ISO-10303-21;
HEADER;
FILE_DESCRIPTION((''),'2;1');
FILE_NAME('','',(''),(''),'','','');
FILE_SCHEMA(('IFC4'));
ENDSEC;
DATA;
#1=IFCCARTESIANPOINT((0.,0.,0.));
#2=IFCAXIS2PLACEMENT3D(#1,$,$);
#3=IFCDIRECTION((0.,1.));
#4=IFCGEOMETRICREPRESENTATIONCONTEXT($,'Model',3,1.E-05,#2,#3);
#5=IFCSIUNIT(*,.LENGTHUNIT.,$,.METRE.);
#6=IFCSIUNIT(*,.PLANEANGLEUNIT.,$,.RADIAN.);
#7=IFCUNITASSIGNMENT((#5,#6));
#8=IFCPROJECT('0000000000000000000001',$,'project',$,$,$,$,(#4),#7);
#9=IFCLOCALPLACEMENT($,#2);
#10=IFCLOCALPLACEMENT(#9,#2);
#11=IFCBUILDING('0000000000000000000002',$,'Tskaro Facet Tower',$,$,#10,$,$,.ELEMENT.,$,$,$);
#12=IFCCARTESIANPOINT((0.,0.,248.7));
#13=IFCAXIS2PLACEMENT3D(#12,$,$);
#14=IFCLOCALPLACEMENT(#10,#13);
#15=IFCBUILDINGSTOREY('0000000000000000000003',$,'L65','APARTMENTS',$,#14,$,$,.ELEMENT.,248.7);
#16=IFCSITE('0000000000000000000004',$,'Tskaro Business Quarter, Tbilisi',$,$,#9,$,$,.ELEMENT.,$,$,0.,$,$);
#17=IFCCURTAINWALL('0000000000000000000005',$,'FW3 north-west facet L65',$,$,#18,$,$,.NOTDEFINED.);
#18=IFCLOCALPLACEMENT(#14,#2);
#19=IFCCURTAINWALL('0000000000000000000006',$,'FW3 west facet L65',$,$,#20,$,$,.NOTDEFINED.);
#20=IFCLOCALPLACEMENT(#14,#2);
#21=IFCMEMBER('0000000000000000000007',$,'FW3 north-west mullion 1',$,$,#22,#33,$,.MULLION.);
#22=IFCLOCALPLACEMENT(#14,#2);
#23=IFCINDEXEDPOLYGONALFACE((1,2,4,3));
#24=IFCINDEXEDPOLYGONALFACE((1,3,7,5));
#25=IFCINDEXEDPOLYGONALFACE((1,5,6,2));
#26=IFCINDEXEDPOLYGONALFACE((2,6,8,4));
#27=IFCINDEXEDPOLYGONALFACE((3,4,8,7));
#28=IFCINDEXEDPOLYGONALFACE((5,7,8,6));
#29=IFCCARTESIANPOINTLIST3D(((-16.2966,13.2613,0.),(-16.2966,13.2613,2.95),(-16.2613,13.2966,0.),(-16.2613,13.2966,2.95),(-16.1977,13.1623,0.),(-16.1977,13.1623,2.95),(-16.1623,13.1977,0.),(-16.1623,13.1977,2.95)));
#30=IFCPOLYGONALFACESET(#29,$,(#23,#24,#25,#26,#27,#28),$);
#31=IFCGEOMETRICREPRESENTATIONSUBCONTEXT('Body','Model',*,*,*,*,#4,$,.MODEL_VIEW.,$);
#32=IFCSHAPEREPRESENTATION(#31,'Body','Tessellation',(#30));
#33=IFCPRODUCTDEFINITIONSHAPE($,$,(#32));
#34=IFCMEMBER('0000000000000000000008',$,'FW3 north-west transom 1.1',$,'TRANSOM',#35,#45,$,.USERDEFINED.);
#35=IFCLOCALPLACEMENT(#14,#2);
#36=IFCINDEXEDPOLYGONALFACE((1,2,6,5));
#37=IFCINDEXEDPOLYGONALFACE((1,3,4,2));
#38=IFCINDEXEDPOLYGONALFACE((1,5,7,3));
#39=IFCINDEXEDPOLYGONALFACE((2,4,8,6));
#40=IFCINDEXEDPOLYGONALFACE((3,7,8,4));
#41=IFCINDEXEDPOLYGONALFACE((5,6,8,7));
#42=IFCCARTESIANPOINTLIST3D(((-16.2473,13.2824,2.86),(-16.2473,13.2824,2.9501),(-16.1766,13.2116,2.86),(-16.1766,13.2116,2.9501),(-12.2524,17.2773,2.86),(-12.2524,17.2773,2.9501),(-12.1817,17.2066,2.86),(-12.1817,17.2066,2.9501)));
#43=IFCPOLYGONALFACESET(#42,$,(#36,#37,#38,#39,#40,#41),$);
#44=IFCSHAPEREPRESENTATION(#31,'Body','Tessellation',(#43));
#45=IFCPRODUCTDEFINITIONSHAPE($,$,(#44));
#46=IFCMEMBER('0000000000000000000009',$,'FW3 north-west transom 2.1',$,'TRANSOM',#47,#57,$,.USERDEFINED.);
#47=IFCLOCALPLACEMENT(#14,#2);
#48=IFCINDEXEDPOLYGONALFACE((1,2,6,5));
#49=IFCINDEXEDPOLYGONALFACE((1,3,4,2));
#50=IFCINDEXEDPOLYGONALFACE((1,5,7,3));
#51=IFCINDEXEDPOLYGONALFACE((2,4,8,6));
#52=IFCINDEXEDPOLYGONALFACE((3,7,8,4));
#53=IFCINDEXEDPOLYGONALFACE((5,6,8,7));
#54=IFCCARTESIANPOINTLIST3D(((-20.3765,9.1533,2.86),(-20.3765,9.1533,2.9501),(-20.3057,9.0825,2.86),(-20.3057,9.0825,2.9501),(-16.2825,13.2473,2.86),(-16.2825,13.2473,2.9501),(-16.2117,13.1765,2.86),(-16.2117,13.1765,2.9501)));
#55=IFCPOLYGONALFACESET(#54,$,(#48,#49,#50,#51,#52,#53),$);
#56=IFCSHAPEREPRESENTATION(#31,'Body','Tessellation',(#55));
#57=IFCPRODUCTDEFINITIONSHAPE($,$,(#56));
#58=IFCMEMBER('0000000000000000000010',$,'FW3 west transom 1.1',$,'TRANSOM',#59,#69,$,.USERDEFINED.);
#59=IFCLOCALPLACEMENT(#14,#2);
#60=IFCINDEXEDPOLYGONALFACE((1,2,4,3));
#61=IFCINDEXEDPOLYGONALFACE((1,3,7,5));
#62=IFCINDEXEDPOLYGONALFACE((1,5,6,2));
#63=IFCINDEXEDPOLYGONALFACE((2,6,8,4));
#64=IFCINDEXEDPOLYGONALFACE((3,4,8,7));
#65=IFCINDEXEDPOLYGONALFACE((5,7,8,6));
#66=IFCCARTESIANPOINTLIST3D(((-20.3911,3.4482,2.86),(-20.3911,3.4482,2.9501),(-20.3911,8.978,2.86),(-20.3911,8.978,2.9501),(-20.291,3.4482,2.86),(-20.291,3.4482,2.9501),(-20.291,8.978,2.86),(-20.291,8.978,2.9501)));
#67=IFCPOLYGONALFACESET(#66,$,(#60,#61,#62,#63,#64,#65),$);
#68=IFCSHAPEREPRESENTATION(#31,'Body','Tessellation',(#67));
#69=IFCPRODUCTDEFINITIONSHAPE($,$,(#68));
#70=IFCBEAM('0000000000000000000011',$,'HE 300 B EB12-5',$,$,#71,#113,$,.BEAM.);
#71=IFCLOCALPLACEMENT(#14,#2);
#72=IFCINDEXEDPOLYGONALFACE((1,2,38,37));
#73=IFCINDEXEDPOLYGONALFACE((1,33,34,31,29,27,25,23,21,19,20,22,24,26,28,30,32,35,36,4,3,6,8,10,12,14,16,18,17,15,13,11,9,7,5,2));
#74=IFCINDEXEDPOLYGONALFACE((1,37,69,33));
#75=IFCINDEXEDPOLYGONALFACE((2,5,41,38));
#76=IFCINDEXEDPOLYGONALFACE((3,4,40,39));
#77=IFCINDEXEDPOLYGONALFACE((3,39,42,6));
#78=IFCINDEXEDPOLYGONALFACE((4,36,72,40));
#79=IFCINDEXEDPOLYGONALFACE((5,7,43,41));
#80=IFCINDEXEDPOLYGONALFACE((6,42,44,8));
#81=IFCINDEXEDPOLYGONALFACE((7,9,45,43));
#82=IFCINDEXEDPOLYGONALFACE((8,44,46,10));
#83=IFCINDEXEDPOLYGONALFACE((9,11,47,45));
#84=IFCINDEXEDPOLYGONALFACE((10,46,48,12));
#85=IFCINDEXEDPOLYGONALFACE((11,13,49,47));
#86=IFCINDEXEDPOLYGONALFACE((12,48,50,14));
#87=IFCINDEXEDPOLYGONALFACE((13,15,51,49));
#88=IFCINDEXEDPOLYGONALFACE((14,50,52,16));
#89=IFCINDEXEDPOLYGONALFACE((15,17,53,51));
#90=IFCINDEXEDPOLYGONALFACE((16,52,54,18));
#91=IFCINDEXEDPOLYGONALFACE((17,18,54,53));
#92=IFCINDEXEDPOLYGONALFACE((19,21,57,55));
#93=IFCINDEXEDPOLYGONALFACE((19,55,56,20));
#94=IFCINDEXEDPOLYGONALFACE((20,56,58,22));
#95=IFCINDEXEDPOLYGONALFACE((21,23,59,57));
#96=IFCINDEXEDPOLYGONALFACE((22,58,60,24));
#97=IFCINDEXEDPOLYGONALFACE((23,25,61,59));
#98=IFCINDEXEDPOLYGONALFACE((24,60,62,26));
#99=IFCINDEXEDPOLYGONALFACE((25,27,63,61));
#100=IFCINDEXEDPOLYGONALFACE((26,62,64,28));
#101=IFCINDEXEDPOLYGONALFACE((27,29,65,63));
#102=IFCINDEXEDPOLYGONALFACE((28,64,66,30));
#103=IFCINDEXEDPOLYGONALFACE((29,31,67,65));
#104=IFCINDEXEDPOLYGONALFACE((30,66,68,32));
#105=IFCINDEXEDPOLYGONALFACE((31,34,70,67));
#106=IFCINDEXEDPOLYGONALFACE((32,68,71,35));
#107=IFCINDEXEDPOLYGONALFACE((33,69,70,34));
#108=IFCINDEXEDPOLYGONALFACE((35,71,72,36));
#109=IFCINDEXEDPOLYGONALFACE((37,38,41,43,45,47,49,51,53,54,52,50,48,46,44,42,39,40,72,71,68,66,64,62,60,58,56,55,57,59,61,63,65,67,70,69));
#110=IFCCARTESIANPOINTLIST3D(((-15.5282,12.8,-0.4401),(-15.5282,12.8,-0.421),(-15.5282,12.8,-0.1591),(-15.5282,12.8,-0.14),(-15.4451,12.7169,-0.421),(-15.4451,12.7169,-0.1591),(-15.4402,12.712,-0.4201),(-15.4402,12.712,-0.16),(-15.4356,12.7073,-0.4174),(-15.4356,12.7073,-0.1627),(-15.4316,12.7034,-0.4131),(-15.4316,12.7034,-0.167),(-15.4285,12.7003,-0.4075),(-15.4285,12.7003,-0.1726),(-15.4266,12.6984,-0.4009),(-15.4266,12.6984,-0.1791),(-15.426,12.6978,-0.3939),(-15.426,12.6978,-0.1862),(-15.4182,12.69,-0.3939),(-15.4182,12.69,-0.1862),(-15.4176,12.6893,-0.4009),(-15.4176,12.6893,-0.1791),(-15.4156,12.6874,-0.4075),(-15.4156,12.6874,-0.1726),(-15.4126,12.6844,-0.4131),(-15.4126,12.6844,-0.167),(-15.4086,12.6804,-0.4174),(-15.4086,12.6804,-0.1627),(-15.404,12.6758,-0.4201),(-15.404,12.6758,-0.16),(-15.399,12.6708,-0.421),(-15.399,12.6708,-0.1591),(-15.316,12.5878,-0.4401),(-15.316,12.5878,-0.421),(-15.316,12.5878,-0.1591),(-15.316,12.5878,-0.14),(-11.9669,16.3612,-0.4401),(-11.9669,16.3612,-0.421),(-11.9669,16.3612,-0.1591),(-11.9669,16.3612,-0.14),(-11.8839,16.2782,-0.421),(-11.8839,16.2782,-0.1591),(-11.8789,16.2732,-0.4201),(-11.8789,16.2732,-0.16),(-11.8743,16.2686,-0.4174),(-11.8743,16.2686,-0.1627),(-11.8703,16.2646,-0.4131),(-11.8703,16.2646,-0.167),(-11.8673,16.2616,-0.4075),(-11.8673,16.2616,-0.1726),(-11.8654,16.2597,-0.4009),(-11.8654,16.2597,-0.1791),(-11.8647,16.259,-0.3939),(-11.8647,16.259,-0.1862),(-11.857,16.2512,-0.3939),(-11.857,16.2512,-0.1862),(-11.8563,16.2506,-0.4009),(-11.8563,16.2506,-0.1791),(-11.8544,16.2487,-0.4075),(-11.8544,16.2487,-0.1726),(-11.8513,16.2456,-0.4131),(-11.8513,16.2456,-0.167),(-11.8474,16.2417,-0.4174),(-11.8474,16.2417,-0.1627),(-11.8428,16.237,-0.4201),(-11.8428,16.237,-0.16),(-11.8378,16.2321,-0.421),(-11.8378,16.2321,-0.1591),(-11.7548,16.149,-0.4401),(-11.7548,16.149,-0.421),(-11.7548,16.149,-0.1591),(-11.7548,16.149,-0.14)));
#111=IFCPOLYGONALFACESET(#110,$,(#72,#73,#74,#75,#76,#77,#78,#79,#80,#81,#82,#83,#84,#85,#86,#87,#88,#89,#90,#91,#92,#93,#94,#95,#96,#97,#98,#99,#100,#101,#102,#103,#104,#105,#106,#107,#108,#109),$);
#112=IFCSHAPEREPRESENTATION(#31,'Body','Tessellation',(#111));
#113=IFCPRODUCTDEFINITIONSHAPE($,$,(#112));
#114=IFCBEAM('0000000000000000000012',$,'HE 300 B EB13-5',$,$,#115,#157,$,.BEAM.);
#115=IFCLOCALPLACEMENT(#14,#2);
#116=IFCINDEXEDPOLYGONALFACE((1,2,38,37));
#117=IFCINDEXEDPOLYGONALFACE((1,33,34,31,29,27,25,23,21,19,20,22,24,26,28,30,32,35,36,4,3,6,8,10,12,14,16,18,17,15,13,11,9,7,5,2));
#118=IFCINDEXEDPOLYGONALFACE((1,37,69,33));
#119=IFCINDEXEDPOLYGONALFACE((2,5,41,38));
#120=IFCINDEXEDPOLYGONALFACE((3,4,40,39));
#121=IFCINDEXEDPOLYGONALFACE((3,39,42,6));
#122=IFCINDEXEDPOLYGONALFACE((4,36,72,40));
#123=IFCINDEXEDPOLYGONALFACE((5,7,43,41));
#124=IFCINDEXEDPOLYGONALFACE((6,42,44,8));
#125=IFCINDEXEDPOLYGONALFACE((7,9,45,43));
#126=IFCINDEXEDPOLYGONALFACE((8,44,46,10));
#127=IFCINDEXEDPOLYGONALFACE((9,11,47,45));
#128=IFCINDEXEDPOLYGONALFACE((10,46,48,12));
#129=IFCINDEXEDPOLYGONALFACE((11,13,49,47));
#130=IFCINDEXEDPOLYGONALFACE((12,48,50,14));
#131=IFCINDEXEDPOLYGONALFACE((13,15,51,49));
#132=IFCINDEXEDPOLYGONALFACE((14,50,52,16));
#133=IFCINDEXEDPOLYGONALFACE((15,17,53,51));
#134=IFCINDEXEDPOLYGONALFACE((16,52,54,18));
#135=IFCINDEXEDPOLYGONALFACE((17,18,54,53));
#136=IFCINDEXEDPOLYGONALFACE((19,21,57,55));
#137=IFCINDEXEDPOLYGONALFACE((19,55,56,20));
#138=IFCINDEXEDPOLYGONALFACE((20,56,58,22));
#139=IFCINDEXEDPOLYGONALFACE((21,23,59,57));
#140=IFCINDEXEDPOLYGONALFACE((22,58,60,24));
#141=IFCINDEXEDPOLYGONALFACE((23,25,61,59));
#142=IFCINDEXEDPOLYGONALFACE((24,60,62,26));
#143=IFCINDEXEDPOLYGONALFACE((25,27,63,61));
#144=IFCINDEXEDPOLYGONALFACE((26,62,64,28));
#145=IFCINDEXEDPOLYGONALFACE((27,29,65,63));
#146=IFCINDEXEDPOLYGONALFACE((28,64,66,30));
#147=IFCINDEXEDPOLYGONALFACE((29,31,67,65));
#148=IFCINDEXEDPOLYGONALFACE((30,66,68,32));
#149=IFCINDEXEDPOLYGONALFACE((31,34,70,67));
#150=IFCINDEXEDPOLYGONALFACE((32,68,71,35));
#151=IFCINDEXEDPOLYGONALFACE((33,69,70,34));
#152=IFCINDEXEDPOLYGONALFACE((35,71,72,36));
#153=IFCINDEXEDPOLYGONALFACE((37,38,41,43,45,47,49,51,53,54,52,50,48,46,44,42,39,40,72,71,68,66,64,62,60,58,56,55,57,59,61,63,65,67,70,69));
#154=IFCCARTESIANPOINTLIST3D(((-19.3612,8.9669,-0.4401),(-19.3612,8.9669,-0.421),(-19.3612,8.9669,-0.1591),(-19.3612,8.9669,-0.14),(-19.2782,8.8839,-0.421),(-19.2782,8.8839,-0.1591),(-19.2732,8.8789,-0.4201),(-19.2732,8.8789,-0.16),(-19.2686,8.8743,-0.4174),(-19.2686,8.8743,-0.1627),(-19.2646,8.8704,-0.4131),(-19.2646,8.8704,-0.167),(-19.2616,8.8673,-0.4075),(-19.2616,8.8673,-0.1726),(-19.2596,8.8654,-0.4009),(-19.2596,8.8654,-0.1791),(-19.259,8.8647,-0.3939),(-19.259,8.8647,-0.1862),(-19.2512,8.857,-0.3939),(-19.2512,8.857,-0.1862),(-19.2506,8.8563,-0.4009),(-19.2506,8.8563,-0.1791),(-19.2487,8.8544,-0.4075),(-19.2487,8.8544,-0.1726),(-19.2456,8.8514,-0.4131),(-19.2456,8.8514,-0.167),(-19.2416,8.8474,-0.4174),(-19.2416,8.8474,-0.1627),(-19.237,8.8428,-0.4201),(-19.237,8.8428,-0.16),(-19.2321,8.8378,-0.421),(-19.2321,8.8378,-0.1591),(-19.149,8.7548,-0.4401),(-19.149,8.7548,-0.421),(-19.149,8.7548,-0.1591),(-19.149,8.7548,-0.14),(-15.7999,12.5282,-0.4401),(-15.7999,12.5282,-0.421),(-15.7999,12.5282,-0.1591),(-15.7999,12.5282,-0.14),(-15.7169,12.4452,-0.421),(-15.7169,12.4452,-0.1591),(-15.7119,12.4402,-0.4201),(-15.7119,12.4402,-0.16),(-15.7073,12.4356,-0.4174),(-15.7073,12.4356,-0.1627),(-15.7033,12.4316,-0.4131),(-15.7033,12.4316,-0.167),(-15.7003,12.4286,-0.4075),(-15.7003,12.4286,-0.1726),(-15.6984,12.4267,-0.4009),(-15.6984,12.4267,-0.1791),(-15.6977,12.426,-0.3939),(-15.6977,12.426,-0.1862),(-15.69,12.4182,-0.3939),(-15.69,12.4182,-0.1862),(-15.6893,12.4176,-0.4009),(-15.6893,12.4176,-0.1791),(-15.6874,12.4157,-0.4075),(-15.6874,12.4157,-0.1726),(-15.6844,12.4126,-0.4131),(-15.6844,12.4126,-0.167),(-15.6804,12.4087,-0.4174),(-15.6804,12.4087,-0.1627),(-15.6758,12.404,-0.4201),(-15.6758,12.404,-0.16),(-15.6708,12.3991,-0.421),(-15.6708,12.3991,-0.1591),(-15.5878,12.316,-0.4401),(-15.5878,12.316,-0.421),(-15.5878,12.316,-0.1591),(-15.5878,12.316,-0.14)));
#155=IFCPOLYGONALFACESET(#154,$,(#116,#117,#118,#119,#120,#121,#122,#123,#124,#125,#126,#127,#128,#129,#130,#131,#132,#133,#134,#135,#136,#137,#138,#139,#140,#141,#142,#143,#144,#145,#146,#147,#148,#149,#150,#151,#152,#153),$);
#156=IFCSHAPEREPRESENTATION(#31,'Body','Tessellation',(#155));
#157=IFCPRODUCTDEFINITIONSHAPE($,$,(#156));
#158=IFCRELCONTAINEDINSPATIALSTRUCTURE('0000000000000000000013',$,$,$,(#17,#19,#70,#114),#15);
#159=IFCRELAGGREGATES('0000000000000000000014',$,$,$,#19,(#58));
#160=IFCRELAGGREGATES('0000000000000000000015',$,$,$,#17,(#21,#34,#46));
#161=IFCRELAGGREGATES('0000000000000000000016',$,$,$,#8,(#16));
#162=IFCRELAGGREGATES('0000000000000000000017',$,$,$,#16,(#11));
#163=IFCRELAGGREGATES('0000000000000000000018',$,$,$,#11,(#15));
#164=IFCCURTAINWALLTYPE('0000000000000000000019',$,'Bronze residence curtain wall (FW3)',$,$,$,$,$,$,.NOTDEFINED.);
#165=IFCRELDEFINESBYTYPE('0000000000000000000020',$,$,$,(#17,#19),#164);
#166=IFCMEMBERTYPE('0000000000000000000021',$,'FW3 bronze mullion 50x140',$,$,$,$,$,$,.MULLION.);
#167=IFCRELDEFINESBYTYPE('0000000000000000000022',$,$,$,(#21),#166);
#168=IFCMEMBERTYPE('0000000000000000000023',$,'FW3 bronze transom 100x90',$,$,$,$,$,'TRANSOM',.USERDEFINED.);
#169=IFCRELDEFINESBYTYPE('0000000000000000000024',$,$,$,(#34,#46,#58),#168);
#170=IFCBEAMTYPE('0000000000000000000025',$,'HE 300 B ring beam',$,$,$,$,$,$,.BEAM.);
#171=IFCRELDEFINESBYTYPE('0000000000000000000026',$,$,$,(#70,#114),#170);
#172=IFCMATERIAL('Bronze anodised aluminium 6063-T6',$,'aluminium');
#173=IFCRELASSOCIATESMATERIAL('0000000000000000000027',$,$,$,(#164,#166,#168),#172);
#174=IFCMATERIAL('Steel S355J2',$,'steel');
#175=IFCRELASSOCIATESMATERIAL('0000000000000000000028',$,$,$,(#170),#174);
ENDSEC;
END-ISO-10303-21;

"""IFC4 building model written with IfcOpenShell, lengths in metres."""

from ifc_helpers import new_model, si_unit, direction, frame, origin, origin_2d, place, context, subcontext, project, spatial, rectangle, i_section, extrude, material, material_profile, profile_set, type_object, element, aggregate, save


model = new_model("IFC4")

# Units and contexts
model_context = context("Model", 3, precision=1e-05, world=origin(), true_north=direction((0.0, 1.0)))
body_context = subcontext(model_context, "Body", "Model", "MODEL_VIEW")
ifc_project = project(units=[si_unit("LENGTHUNIT", "METRE"), si_unit("PLANEANGLEUNIT", "RADIAN")], contexts=[model_context])

# Site, building, storey
site_placement = place(None, origin())
site = spatial("IfcSite", under=ifc_project, at=site_placement, Name="Tskaro Business Quarter, Tbilisi", CompositionType="ELEMENT", RefElevation=0.0)
building_placement = place(site_placement, origin())
building = spatial("IfcBuilding", under=site, at=building_placement, Name="Tskaro Facet Tower", CompositionType="ELEMENT")
storey_placement = place(building_placement, frame((0.0, 0.0, 248.7)))
storey = spatial("IfcBuildingStorey", under=building, at=storey_placement, Name="L65", Description="APARTMENTS", CompositionType="ELEMENT", Elevation=248.7)

# Shared definitions
ifc_material_1 = material(Name="Steel S355J2", Category="steel")

# Curtain walls
ifc_material_2 = material(Name="Bronze anodised aluminium 6063-T6", Category="aluminium")
curtain_wall_type = type_object("IfcCurtainWallType", Name="Bronze residence curtain wall (FW3)", PredefinedType="NOTDEFINED", material=ifc_material_2)
curtain_wall_1_placement = place(storey_placement, origin())
curtain_wall_1 = element("IfcCurtainWall", 1, at=curtain_wall_1_placement, inside=storey, type_object=curtain_wall_type, Name="FW3 north-west facet L65", PredefinedType="NOTDEFINED")
curtain_wall_2_placement = place(storey_placement, origin())
curtain_wall_2 = element("IfcCurtainWall", 2, at=curtain_wall_2_placement, inside=storey, type_object=curtain_wall_type, Name="FW3 west facet L65", PredefinedType="NOTDEFINED")

# Members
ifc_material_profile_1 = material_profile(ifc_material_2, rectangle(XDim=0.05, YDim=0.1399, at=origin_2d()), Name="Mullion 50x140")
ifc_profile_set_1 = profile_set([ifc_material_profile_1], Name="Bronze anodised aluminium 6063-T6")
member_type_1 = type_object("IfcMemberType", Name="FW3 bronze mullion 50x140", PredefinedType="MULLION", material=ifc_profile_set_1)
member_1_placement = place(storey_placement, frame((-16.2295, 13.2295, 0.0), z_axis=(0.0, 0.0, 1.0), x_axis=(-0.707107, -0.707107, 0.0)))
member_1 = element("IfcMember", 3, at=member_1_placement, type_object=member_type_1, Name="FW3 north-west mullion 1", PredefinedType="MULLION", context=body_context, shape_type="SweptSolid", body=[
    extrude(rectangle(XDim=0.05, YDim=0.1399, at=origin_2d()), origin(), (0.0, 0.0, 1.0), 2.95),
])
ifc_material_profile_2 = material_profile(ifc_material_2, rectangle(XDim=0.1001, YDim=0.0901, at=origin_2d()), Name="Transom 100x90")
ifc_profile_set_2 = profile_set([ifc_material_profile_2], Name="Bronze anodised aluminium 6063-T6")
member_type_2 = type_object("IfcMemberType", Name="FW3 bronze transom 100x90", ElementType="TRANSOM", PredefinedType="USERDEFINED", material=ifc_profile_set_2)
member_2_placement = place(storey_placement, frame((-12.217, 17.2419, 2.905), z_axis=(-0.707107, -0.707107, 0.0), x_axis=(0.707107, -0.707107, 0.0)))
member_2 = element("IfcMember", 4, at=member_2_placement, type_object=member_type_2, Name="FW3 north-west transom 1.1", ObjectType="TRANSOM", PredefinedType="USERDEFINED", context=body_context, shape_type="SweptSolid", body=[
    extrude(rectangle(XDim=0.1001, YDim=0.0901, at=origin_2d()), origin(), (0.0, 0.0, 1.0), 5.6497),
])
member_3_placement = place(storey_placement, frame((-16.2471, 13.2119, 2.905), z_axis=(-0.707107, -0.707107, 0.0), x_axis=(0.707107, -0.707107, 0.0)))
member_3 = element("IfcMember", 5, at=member_3_placement, type_object=member_type_2, Name="FW3 north-west transom 2.1", ObjectType="TRANSOM", PredefinedType="USERDEFINED", context=body_context, shape_type="SweptSolid", body=[
    extrude(rectangle(XDim=0.1001, YDim=0.0901, at=origin_2d()), origin(), (0.0, 0.0, 1.0), 5.7898),
])
member_4_placement = place(storey_placement, frame((-20.3411, 8.978, 2.905), z_axis=(0.0, -1.0, 0.0), x_axis=(1.0, 0.0, 0.0)))
member_4 = element("IfcMember", 6, at=member_4_placement, type_object=member_type_2, Name="FW3 west transom 1.1", ObjectType="TRANSOM", PredefinedType="USERDEFINED", context=body_context, shape_type="SweptSolid", body=[
    extrude(rectangle(XDim=0.1001, YDim=0.0901, at=origin_2d()), origin(), (0.0, 0.0, 1.0), 5.5298),
])
aggregate(curtain_wall_2, [member_4])

# Beams
ifc_material_profile_3 = material_profile(ifc_material_1, i_section(OverallWidth=0.3, OverallDepth=0.3, WebThickness=0.011, FlangeThickness=0.019, FilletRadius=0.0271, at=origin_2d()), Name="HE 300 B")
ifc_profile_set_3 = profile_set([ifc_material_profile_3], Name="Steel S355J2")
beam_type_1 = type_object("IfcBeamType", Name="HE 300 B ring beam", PredefinedType="BEAM", material=ifc_profile_set_3)
for number, where, z_axis, x_axis, name in (
    (7, (-11.8608, 16.2551, -0.29), (-0.707107, -0.707107, 0.0), (0.707107, -0.707107, 0.0), "HE 300 B EB12-5"),
    (8, (-15.6938, 12.4221, -0.29), (-0.707107, -0.707107, 0.0), (0.707107, -0.707107, 0.0), "HE 300 B EB13-5"),
):
    element("IfcBeam", number, at=place(storey_placement, frame(where, z_axis=z_axis, x_axis=x_axis)), inside=storey, type_object=beam_type_1, Name=name, PredefinedType="BEAM", context=body_context, shape_type="SweptSolid", body=[
        extrude(i_section(OverallWidth=0.3, OverallDepth=0.3, WebThickness=0.011, FlangeThickness=0.019, FilletRadius=0.0271, at=origin_2d()), origin(), (0.0, 0.0, 1.0), 5.0364),
    ])

aggregate(curtain_wall_1, [member_1, member_2, member_3])

save(model, "model.ifc")
